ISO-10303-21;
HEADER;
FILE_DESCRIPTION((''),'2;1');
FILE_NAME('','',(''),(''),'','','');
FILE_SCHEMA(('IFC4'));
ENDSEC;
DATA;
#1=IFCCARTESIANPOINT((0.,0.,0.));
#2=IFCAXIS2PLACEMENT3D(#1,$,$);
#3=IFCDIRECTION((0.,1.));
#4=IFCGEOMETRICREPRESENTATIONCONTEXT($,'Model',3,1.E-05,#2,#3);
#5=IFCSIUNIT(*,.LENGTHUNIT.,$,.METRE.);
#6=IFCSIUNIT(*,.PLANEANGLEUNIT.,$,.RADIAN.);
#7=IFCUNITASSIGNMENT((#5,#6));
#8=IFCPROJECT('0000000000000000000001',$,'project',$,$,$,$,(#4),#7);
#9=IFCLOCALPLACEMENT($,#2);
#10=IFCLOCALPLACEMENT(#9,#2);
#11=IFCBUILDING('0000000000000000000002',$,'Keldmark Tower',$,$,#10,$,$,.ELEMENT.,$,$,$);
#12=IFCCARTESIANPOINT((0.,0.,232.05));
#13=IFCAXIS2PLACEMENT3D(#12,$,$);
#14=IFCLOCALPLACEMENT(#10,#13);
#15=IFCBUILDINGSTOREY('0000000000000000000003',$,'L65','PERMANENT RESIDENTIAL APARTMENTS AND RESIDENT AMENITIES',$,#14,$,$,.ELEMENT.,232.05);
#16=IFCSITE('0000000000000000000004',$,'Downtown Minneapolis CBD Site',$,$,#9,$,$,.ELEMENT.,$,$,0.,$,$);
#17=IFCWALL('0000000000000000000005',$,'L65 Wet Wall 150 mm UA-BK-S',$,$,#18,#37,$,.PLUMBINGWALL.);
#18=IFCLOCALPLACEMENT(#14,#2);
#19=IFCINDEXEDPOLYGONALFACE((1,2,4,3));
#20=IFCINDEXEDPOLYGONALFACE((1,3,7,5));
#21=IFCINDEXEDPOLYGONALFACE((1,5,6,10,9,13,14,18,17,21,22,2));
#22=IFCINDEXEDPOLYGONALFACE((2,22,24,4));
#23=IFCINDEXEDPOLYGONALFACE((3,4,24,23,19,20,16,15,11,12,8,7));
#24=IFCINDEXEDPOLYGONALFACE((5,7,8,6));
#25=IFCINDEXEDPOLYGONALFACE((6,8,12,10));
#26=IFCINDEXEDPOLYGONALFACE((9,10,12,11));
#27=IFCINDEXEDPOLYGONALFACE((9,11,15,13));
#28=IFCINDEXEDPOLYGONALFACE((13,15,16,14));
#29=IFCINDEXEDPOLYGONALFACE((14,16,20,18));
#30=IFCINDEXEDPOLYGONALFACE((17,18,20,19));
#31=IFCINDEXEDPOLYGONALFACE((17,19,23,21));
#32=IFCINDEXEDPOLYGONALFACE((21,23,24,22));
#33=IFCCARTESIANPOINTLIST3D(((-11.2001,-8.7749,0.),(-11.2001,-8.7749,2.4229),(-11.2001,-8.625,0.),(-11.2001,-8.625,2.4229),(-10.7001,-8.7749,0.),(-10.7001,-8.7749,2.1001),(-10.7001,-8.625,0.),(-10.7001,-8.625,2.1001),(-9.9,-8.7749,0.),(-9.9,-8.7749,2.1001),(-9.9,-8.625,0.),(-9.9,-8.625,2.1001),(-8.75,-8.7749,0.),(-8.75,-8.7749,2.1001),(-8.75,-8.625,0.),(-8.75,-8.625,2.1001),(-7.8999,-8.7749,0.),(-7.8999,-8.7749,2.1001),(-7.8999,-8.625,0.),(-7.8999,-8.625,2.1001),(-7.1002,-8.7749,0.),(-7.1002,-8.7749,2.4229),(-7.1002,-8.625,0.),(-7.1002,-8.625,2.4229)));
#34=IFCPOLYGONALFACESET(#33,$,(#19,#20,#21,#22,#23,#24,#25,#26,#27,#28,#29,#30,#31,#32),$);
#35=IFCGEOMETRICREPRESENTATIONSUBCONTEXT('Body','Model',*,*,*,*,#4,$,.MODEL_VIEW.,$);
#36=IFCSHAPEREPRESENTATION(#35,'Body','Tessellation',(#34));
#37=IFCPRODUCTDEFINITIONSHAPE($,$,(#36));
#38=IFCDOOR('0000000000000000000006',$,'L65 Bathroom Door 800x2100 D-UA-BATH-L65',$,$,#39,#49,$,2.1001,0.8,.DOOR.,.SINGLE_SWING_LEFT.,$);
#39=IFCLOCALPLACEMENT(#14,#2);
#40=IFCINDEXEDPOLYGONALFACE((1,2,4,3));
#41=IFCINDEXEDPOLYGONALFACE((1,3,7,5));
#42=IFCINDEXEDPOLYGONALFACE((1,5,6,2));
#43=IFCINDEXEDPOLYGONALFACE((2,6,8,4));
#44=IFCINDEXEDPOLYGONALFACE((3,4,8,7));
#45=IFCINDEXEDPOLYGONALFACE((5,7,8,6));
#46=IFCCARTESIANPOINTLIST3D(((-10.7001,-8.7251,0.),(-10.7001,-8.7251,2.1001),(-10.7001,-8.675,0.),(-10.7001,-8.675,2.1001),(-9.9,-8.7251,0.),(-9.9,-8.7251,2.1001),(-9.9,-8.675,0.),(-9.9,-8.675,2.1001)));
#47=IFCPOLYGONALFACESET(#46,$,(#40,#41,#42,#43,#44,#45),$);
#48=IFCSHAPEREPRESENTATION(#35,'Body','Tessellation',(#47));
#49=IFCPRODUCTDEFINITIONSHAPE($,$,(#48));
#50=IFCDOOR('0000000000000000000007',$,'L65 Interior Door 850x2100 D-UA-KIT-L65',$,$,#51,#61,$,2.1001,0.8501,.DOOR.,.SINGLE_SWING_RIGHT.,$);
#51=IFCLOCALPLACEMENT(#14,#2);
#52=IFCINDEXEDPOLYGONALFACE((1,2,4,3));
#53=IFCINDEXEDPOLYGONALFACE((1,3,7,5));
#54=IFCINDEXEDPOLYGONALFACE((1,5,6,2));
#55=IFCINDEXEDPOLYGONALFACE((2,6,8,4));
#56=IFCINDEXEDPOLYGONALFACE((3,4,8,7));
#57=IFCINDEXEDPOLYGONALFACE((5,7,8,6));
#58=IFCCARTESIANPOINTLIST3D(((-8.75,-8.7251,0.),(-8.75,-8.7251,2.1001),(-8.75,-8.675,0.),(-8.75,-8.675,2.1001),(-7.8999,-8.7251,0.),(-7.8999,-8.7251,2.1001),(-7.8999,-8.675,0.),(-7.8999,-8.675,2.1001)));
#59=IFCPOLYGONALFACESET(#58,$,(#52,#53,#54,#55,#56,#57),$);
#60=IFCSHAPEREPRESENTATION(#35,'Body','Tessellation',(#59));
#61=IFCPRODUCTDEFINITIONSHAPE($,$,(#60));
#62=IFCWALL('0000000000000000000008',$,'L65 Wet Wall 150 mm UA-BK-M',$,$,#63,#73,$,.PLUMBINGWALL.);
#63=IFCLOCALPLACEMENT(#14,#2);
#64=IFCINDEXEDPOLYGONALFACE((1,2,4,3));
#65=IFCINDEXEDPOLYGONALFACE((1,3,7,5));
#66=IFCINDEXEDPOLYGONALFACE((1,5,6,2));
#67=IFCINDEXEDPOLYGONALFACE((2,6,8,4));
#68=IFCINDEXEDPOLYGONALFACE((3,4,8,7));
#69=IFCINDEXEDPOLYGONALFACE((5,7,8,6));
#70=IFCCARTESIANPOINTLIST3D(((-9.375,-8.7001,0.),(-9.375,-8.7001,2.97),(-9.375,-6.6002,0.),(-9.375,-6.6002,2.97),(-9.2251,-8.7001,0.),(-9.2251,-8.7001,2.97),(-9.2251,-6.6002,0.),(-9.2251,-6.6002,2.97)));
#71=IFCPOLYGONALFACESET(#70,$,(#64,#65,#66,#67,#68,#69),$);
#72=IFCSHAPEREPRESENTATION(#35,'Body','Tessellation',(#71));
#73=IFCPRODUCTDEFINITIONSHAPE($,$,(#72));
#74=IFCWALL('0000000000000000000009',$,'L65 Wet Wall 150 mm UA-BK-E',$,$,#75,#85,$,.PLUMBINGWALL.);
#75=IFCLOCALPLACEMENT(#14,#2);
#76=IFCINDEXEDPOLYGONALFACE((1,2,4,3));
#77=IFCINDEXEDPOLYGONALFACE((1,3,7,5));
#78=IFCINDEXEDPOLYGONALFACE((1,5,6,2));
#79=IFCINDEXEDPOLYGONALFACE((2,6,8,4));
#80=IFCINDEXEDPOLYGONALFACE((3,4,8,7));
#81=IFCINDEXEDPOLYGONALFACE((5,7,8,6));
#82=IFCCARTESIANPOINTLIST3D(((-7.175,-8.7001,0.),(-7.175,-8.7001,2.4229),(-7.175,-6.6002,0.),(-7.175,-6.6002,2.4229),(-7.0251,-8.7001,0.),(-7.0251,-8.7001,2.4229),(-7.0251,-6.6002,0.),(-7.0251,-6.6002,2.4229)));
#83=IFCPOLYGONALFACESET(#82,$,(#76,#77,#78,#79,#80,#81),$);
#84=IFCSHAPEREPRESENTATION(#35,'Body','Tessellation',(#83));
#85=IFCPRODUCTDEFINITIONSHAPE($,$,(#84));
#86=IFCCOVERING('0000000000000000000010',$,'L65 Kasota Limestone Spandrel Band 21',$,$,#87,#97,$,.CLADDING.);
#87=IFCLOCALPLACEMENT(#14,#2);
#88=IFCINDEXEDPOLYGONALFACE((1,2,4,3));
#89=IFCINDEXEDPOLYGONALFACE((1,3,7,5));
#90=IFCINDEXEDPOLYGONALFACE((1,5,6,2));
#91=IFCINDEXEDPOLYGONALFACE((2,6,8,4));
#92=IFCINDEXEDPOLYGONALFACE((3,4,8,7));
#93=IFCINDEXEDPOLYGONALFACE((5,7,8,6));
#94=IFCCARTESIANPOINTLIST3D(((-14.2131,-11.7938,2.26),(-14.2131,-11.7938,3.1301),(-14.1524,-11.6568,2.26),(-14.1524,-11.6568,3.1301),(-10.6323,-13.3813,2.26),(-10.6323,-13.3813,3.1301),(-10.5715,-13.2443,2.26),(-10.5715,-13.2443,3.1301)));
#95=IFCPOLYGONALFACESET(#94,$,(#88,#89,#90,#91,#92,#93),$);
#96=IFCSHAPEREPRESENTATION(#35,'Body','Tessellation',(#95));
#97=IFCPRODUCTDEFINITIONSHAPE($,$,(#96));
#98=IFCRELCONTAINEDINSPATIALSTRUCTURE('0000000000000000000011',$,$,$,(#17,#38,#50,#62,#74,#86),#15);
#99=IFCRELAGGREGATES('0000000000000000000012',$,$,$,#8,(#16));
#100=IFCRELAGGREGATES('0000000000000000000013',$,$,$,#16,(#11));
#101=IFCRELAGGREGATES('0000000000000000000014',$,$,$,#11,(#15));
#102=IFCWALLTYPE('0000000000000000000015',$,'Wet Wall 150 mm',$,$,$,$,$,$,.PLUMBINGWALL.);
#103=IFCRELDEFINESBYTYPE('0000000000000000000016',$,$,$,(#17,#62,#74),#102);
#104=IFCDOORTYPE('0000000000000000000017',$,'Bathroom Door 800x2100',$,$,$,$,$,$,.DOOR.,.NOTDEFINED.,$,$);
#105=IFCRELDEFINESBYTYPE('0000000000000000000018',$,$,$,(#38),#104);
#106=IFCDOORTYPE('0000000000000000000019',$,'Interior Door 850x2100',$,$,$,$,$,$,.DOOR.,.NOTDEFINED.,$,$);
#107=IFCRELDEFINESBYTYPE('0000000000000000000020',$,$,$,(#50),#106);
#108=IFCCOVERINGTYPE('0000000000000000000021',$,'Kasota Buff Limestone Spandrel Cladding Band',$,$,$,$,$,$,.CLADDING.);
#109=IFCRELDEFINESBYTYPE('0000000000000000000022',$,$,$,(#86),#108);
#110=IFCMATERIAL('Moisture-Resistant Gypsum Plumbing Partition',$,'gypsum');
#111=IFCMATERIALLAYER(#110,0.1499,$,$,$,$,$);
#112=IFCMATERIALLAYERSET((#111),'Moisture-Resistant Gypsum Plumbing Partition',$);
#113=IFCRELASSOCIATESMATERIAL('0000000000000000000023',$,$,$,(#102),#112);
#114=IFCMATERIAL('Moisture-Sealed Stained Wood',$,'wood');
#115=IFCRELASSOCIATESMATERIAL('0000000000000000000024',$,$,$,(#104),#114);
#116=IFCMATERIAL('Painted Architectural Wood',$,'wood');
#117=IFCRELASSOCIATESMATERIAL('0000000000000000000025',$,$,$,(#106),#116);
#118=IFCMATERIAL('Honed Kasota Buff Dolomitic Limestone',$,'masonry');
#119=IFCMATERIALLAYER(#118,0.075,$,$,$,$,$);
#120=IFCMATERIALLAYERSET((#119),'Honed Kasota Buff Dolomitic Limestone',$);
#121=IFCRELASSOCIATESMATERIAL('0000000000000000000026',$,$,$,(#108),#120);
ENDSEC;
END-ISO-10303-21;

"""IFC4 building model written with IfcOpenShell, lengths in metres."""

from ifc_helpers import new_model, si_unit, direction, frame, frame_2d, origin, origin_2d, place, context, subcontext, project, spatial, rectangle, extrude, material, layer, layer_set, type_object, element, fill, save


model = new_model("IFC4")

# Units and contexts
model_context = context("Model", 3, precision=1e-05, world=origin(), true_north=direction((0.0, 1.0)))
body_context = subcontext(model_context, "Body", "Model", "MODEL_VIEW")
ifc_project = project(units=[si_unit("LENGTHUNIT", "METRE"), si_unit("PLANEANGLEUNIT", "RADIAN")], contexts=[model_context])

# Site, building, storey
site_placement = place(None, origin())
site = spatial("IfcSite", under=ifc_project, at=site_placement, Name="Downtown Minneapolis CBD Site", CompositionType="ELEMENT", RefElevation=0.0)
building_placement = place(site_placement, origin())
building = spatial("IfcBuilding", under=site, at=building_placement, Name="Keldmark Tower", CompositionType="ELEMENT")
storey_placement = place(building_placement, frame((0.0, 0.0, 232.05)))
storey = spatial("IfcBuildingStorey", under=building, at=storey_placement, Name="L65", Description="PERMANENT RESIDENTIAL APARTMENTS AND RESIDENT AMENITIES", CompositionType="ELEMENT", Elevation=232.05)

# Wall, openings, doors
ifc_material_1 = material(Name="Moisture-Resistant Gypsum Plumbing Partition", Category="gypsum")
ifc_layer_1 = layer(ifc_material_1, 0.1499)
ifc_layer_set_1 = layer_set([ifc_layer_1], Name="Moisture-Resistant Gypsum Plumbing Partition")
wall_type_1 = type_object("IfcWallType", Name="Wet Wall 150 mm", PredefinedType="PLUMBINGWALL", material=ifc_layer_set_1)
wall_1_placement = place(storey_placement, frame((-11.2, -8.7, 0.0), z_axis=(0.0, 0.0, 1.0), x_axis=(1.0, 0.0, 0.0)))
wall_1 = element("IfcWall", 1, at=wall_1_placement, inside=storey, type_object=wall_type_1, Name="L65 Wet Wall 150 mm UA-BK-S", PredefinedType="PLUMBINGWALL", context=body_context, shape_type="SweptSolid", body=[
    extrude(rectangle(XDim=4.0999, YDim=0.1499, at=frame_2d((2.0498, 0.0))), origin(), (0.0, 0.0, 1.0), 2.4229),
])
opening_1_placement = place(wall_1_placement, frame((0.5, 0.0, 0.0)))
opening_1 = element("IfcOpeningElement", 2, at=opening_1_placement, cuts=wall_1, PredefinedType="OPENING", context=body_context, shape_type="SweptSolid", body=[
    extrude(rectangle(XDim=0.8, YDim=2.1001, at=frame_2d((0.3999, 1.05))), frame((0.0, 0.085, 0.0), z_axis=(0.0, -1.0, 0.0), x_axis=(1.0, 0.0, 0.0)), (0.0, 0.0, 1.0), 0.1699),
])
opening_2_placement = place(wall_1_placement, frame((2.45, 0.0, 0.0)))
opening_2 = element("IfcOpeningElement", 3, at=opening_2_placement, cuts=wall_1, PredefinedType="OPENING", context=body_context, shape_type="SweptSolid", body=[
    extrude(rectangle(XDim=0.8501, YDim=2.1001, at=frame_2d((0.425, 1.05))), frame((0.0, 0.085, 0.0), z_axis=(0.0, -1.0, 0.0), x_axis=(1.0, 0.0, 0.0)), (0.0, 0.0, 1.0), 0.1699),
])
ifc_material_2 = material(Name="Moisture-Sealed Stained Wood", Category="wood")
door_type_1 = type_object("IfcDoorType", Name="Bathroom Door 800x2100", OperationType="NOTDEFINED", PredefinedType="DOOR", material=ifc_material_2)
door_1_placement = place(opening_1_placement, origin())
door_1 = element("IfcDoor", 4, at=door_1_placement, inside=storey, type_object=door_type_1, Name="L65 Bathroom Door 800x2100 D-UA-BATH-L65", OperationType="SINGLE_SWING_LEFT", OverallHeight=2.1001, OverallWidth=0.8, PredefinedType="DOOR", context=body_context, shape_type="SweptSolid", body=[
    extrude(rectangle(XDim=0.8, YDim=2.1001, at=frame_2d((0.3999, 1.05))), frame((0.0, 0.0249, 0.0), z_axis=(0.0, -1.0, 0.0), x_axis=(1.0, 0.0, 0.0)), (0.0, 0.0, 1.0), 0.05),
])
fill(opening_1, door_1)
ifc_material_3 = material(Name="Painted Architectural Wood", Category="wood")
door_type_2 = type_object("IfcDoorType", Name="Interior Door 850x2100", OperationType="NOTDEFINED", PredefinedType="DOOR", material=ifc_material_3)
door_2_placement = place(opening_2_placement, origin())
door_2 = element("IfcDoor", 5, at=door_2_placement, inside=storey, type_object=door_type_2, Name="L65 Interior Door 850x2100 D-UA-KIT-L65", OperationType="SINGLE_SWING_RIGHT", OverallHeight=2.1001, OverallWidth=0.8501, PredefinedType="DOOR", context=body_context, shape_type="SweptSolid", body=[
    extrude(rectangle(XDim=0.8501, YDim=2.1001, at=frame_2d((0.425, 1.05))), frame((0.0, 0.0249, 0.0), z_axis=(0.0, -1.0, 0.0), x_axis=(1.0, 0.0, 0.0)), (0.0, 0.0, 1.0), 0.05),
])
fill(opening_2, door_2)

# Walls
wall_2_placement = place(storey_placement, frame((-9.3, -8.7, 0.0), z_axis=(0.0, 0.0, 1.0), x_axis=(0.0, 1.0, 0.0)))
element("IfcWall", 6, at=wall_2_placement, inside=storey, type_object=wall_type_1, Name="L65 Wet Wall 150 mm UA-BK-M", PredefinedType="PLUMBINGWALL", context=body_context, shape_type="SweptSolid", body=[
    extrude(rectangle(XDim=2.0999, YDim=0.1499, at=frame_2d((1.0498, 0.0))), origin(), (0.0, 0.0, 1.0), 2.97),
])
wall_3_placement = place(storey_placement, frame((-7.1001, -8.7, 0.0), z_axis=(0.0, 0.0, 1.0), x_axis=(0.0, 1.0, 0.0)))
element("IfcWall", 7, at=wall_3_placement, inside=storey, type_object=wall_type_1, Name="L65 Wet Wall 150 mm UA-BK-E", PredefinedType="PLUMBINGWALL", context=body_context, shape_type="SweptSolid", body=[
    extrude(rectangle(XDim=2.0999, YDim=0.1499, at=frame_2d((1.0498, 0.0))), origin(), (0.0, 0.0, 1.0), 2.4229),
])

# Covering
ifc_material_4 = material(Name="Honed Kasota Buff Dolomitic Limestone", Category="masonry")
ifc_layer_2 = layer(ifc_material_4, 0.075)
ifc_layer_set_2 = layer_set([ifc_layer_2], Name="Honed Kasota Buff Dolomitic Limestone")
covering_type = type_object("IfcCoveringType", Name="Kasota Buff Limestone Spandrel Cladding Band", PredefinedType="CLADDING", material=ifc_layer_set_2)
covering_placement = place(storey_placement, frame((-12.3923, -12.519, 2.26), z_axis=(0.0, 0.0, 1.0), x_axis=(0.91419, -0.405285, 0.0)))
element("IfcCovering", 8, at=covering_placement, inside=storey, type_object=covering_type, Name="L65 Kasota Limestone Spandrel Band 21", PredefinedType="CLADDING", context=body_context, shape_type="SweptSolid", body=[
    extrude(rectangle(XDim=3.917, YDim=0.1499, at=origin_2d()), origin(), (0.0, 0.0, 1.0), 0.8701),
])

save(model, "model.ifc")
